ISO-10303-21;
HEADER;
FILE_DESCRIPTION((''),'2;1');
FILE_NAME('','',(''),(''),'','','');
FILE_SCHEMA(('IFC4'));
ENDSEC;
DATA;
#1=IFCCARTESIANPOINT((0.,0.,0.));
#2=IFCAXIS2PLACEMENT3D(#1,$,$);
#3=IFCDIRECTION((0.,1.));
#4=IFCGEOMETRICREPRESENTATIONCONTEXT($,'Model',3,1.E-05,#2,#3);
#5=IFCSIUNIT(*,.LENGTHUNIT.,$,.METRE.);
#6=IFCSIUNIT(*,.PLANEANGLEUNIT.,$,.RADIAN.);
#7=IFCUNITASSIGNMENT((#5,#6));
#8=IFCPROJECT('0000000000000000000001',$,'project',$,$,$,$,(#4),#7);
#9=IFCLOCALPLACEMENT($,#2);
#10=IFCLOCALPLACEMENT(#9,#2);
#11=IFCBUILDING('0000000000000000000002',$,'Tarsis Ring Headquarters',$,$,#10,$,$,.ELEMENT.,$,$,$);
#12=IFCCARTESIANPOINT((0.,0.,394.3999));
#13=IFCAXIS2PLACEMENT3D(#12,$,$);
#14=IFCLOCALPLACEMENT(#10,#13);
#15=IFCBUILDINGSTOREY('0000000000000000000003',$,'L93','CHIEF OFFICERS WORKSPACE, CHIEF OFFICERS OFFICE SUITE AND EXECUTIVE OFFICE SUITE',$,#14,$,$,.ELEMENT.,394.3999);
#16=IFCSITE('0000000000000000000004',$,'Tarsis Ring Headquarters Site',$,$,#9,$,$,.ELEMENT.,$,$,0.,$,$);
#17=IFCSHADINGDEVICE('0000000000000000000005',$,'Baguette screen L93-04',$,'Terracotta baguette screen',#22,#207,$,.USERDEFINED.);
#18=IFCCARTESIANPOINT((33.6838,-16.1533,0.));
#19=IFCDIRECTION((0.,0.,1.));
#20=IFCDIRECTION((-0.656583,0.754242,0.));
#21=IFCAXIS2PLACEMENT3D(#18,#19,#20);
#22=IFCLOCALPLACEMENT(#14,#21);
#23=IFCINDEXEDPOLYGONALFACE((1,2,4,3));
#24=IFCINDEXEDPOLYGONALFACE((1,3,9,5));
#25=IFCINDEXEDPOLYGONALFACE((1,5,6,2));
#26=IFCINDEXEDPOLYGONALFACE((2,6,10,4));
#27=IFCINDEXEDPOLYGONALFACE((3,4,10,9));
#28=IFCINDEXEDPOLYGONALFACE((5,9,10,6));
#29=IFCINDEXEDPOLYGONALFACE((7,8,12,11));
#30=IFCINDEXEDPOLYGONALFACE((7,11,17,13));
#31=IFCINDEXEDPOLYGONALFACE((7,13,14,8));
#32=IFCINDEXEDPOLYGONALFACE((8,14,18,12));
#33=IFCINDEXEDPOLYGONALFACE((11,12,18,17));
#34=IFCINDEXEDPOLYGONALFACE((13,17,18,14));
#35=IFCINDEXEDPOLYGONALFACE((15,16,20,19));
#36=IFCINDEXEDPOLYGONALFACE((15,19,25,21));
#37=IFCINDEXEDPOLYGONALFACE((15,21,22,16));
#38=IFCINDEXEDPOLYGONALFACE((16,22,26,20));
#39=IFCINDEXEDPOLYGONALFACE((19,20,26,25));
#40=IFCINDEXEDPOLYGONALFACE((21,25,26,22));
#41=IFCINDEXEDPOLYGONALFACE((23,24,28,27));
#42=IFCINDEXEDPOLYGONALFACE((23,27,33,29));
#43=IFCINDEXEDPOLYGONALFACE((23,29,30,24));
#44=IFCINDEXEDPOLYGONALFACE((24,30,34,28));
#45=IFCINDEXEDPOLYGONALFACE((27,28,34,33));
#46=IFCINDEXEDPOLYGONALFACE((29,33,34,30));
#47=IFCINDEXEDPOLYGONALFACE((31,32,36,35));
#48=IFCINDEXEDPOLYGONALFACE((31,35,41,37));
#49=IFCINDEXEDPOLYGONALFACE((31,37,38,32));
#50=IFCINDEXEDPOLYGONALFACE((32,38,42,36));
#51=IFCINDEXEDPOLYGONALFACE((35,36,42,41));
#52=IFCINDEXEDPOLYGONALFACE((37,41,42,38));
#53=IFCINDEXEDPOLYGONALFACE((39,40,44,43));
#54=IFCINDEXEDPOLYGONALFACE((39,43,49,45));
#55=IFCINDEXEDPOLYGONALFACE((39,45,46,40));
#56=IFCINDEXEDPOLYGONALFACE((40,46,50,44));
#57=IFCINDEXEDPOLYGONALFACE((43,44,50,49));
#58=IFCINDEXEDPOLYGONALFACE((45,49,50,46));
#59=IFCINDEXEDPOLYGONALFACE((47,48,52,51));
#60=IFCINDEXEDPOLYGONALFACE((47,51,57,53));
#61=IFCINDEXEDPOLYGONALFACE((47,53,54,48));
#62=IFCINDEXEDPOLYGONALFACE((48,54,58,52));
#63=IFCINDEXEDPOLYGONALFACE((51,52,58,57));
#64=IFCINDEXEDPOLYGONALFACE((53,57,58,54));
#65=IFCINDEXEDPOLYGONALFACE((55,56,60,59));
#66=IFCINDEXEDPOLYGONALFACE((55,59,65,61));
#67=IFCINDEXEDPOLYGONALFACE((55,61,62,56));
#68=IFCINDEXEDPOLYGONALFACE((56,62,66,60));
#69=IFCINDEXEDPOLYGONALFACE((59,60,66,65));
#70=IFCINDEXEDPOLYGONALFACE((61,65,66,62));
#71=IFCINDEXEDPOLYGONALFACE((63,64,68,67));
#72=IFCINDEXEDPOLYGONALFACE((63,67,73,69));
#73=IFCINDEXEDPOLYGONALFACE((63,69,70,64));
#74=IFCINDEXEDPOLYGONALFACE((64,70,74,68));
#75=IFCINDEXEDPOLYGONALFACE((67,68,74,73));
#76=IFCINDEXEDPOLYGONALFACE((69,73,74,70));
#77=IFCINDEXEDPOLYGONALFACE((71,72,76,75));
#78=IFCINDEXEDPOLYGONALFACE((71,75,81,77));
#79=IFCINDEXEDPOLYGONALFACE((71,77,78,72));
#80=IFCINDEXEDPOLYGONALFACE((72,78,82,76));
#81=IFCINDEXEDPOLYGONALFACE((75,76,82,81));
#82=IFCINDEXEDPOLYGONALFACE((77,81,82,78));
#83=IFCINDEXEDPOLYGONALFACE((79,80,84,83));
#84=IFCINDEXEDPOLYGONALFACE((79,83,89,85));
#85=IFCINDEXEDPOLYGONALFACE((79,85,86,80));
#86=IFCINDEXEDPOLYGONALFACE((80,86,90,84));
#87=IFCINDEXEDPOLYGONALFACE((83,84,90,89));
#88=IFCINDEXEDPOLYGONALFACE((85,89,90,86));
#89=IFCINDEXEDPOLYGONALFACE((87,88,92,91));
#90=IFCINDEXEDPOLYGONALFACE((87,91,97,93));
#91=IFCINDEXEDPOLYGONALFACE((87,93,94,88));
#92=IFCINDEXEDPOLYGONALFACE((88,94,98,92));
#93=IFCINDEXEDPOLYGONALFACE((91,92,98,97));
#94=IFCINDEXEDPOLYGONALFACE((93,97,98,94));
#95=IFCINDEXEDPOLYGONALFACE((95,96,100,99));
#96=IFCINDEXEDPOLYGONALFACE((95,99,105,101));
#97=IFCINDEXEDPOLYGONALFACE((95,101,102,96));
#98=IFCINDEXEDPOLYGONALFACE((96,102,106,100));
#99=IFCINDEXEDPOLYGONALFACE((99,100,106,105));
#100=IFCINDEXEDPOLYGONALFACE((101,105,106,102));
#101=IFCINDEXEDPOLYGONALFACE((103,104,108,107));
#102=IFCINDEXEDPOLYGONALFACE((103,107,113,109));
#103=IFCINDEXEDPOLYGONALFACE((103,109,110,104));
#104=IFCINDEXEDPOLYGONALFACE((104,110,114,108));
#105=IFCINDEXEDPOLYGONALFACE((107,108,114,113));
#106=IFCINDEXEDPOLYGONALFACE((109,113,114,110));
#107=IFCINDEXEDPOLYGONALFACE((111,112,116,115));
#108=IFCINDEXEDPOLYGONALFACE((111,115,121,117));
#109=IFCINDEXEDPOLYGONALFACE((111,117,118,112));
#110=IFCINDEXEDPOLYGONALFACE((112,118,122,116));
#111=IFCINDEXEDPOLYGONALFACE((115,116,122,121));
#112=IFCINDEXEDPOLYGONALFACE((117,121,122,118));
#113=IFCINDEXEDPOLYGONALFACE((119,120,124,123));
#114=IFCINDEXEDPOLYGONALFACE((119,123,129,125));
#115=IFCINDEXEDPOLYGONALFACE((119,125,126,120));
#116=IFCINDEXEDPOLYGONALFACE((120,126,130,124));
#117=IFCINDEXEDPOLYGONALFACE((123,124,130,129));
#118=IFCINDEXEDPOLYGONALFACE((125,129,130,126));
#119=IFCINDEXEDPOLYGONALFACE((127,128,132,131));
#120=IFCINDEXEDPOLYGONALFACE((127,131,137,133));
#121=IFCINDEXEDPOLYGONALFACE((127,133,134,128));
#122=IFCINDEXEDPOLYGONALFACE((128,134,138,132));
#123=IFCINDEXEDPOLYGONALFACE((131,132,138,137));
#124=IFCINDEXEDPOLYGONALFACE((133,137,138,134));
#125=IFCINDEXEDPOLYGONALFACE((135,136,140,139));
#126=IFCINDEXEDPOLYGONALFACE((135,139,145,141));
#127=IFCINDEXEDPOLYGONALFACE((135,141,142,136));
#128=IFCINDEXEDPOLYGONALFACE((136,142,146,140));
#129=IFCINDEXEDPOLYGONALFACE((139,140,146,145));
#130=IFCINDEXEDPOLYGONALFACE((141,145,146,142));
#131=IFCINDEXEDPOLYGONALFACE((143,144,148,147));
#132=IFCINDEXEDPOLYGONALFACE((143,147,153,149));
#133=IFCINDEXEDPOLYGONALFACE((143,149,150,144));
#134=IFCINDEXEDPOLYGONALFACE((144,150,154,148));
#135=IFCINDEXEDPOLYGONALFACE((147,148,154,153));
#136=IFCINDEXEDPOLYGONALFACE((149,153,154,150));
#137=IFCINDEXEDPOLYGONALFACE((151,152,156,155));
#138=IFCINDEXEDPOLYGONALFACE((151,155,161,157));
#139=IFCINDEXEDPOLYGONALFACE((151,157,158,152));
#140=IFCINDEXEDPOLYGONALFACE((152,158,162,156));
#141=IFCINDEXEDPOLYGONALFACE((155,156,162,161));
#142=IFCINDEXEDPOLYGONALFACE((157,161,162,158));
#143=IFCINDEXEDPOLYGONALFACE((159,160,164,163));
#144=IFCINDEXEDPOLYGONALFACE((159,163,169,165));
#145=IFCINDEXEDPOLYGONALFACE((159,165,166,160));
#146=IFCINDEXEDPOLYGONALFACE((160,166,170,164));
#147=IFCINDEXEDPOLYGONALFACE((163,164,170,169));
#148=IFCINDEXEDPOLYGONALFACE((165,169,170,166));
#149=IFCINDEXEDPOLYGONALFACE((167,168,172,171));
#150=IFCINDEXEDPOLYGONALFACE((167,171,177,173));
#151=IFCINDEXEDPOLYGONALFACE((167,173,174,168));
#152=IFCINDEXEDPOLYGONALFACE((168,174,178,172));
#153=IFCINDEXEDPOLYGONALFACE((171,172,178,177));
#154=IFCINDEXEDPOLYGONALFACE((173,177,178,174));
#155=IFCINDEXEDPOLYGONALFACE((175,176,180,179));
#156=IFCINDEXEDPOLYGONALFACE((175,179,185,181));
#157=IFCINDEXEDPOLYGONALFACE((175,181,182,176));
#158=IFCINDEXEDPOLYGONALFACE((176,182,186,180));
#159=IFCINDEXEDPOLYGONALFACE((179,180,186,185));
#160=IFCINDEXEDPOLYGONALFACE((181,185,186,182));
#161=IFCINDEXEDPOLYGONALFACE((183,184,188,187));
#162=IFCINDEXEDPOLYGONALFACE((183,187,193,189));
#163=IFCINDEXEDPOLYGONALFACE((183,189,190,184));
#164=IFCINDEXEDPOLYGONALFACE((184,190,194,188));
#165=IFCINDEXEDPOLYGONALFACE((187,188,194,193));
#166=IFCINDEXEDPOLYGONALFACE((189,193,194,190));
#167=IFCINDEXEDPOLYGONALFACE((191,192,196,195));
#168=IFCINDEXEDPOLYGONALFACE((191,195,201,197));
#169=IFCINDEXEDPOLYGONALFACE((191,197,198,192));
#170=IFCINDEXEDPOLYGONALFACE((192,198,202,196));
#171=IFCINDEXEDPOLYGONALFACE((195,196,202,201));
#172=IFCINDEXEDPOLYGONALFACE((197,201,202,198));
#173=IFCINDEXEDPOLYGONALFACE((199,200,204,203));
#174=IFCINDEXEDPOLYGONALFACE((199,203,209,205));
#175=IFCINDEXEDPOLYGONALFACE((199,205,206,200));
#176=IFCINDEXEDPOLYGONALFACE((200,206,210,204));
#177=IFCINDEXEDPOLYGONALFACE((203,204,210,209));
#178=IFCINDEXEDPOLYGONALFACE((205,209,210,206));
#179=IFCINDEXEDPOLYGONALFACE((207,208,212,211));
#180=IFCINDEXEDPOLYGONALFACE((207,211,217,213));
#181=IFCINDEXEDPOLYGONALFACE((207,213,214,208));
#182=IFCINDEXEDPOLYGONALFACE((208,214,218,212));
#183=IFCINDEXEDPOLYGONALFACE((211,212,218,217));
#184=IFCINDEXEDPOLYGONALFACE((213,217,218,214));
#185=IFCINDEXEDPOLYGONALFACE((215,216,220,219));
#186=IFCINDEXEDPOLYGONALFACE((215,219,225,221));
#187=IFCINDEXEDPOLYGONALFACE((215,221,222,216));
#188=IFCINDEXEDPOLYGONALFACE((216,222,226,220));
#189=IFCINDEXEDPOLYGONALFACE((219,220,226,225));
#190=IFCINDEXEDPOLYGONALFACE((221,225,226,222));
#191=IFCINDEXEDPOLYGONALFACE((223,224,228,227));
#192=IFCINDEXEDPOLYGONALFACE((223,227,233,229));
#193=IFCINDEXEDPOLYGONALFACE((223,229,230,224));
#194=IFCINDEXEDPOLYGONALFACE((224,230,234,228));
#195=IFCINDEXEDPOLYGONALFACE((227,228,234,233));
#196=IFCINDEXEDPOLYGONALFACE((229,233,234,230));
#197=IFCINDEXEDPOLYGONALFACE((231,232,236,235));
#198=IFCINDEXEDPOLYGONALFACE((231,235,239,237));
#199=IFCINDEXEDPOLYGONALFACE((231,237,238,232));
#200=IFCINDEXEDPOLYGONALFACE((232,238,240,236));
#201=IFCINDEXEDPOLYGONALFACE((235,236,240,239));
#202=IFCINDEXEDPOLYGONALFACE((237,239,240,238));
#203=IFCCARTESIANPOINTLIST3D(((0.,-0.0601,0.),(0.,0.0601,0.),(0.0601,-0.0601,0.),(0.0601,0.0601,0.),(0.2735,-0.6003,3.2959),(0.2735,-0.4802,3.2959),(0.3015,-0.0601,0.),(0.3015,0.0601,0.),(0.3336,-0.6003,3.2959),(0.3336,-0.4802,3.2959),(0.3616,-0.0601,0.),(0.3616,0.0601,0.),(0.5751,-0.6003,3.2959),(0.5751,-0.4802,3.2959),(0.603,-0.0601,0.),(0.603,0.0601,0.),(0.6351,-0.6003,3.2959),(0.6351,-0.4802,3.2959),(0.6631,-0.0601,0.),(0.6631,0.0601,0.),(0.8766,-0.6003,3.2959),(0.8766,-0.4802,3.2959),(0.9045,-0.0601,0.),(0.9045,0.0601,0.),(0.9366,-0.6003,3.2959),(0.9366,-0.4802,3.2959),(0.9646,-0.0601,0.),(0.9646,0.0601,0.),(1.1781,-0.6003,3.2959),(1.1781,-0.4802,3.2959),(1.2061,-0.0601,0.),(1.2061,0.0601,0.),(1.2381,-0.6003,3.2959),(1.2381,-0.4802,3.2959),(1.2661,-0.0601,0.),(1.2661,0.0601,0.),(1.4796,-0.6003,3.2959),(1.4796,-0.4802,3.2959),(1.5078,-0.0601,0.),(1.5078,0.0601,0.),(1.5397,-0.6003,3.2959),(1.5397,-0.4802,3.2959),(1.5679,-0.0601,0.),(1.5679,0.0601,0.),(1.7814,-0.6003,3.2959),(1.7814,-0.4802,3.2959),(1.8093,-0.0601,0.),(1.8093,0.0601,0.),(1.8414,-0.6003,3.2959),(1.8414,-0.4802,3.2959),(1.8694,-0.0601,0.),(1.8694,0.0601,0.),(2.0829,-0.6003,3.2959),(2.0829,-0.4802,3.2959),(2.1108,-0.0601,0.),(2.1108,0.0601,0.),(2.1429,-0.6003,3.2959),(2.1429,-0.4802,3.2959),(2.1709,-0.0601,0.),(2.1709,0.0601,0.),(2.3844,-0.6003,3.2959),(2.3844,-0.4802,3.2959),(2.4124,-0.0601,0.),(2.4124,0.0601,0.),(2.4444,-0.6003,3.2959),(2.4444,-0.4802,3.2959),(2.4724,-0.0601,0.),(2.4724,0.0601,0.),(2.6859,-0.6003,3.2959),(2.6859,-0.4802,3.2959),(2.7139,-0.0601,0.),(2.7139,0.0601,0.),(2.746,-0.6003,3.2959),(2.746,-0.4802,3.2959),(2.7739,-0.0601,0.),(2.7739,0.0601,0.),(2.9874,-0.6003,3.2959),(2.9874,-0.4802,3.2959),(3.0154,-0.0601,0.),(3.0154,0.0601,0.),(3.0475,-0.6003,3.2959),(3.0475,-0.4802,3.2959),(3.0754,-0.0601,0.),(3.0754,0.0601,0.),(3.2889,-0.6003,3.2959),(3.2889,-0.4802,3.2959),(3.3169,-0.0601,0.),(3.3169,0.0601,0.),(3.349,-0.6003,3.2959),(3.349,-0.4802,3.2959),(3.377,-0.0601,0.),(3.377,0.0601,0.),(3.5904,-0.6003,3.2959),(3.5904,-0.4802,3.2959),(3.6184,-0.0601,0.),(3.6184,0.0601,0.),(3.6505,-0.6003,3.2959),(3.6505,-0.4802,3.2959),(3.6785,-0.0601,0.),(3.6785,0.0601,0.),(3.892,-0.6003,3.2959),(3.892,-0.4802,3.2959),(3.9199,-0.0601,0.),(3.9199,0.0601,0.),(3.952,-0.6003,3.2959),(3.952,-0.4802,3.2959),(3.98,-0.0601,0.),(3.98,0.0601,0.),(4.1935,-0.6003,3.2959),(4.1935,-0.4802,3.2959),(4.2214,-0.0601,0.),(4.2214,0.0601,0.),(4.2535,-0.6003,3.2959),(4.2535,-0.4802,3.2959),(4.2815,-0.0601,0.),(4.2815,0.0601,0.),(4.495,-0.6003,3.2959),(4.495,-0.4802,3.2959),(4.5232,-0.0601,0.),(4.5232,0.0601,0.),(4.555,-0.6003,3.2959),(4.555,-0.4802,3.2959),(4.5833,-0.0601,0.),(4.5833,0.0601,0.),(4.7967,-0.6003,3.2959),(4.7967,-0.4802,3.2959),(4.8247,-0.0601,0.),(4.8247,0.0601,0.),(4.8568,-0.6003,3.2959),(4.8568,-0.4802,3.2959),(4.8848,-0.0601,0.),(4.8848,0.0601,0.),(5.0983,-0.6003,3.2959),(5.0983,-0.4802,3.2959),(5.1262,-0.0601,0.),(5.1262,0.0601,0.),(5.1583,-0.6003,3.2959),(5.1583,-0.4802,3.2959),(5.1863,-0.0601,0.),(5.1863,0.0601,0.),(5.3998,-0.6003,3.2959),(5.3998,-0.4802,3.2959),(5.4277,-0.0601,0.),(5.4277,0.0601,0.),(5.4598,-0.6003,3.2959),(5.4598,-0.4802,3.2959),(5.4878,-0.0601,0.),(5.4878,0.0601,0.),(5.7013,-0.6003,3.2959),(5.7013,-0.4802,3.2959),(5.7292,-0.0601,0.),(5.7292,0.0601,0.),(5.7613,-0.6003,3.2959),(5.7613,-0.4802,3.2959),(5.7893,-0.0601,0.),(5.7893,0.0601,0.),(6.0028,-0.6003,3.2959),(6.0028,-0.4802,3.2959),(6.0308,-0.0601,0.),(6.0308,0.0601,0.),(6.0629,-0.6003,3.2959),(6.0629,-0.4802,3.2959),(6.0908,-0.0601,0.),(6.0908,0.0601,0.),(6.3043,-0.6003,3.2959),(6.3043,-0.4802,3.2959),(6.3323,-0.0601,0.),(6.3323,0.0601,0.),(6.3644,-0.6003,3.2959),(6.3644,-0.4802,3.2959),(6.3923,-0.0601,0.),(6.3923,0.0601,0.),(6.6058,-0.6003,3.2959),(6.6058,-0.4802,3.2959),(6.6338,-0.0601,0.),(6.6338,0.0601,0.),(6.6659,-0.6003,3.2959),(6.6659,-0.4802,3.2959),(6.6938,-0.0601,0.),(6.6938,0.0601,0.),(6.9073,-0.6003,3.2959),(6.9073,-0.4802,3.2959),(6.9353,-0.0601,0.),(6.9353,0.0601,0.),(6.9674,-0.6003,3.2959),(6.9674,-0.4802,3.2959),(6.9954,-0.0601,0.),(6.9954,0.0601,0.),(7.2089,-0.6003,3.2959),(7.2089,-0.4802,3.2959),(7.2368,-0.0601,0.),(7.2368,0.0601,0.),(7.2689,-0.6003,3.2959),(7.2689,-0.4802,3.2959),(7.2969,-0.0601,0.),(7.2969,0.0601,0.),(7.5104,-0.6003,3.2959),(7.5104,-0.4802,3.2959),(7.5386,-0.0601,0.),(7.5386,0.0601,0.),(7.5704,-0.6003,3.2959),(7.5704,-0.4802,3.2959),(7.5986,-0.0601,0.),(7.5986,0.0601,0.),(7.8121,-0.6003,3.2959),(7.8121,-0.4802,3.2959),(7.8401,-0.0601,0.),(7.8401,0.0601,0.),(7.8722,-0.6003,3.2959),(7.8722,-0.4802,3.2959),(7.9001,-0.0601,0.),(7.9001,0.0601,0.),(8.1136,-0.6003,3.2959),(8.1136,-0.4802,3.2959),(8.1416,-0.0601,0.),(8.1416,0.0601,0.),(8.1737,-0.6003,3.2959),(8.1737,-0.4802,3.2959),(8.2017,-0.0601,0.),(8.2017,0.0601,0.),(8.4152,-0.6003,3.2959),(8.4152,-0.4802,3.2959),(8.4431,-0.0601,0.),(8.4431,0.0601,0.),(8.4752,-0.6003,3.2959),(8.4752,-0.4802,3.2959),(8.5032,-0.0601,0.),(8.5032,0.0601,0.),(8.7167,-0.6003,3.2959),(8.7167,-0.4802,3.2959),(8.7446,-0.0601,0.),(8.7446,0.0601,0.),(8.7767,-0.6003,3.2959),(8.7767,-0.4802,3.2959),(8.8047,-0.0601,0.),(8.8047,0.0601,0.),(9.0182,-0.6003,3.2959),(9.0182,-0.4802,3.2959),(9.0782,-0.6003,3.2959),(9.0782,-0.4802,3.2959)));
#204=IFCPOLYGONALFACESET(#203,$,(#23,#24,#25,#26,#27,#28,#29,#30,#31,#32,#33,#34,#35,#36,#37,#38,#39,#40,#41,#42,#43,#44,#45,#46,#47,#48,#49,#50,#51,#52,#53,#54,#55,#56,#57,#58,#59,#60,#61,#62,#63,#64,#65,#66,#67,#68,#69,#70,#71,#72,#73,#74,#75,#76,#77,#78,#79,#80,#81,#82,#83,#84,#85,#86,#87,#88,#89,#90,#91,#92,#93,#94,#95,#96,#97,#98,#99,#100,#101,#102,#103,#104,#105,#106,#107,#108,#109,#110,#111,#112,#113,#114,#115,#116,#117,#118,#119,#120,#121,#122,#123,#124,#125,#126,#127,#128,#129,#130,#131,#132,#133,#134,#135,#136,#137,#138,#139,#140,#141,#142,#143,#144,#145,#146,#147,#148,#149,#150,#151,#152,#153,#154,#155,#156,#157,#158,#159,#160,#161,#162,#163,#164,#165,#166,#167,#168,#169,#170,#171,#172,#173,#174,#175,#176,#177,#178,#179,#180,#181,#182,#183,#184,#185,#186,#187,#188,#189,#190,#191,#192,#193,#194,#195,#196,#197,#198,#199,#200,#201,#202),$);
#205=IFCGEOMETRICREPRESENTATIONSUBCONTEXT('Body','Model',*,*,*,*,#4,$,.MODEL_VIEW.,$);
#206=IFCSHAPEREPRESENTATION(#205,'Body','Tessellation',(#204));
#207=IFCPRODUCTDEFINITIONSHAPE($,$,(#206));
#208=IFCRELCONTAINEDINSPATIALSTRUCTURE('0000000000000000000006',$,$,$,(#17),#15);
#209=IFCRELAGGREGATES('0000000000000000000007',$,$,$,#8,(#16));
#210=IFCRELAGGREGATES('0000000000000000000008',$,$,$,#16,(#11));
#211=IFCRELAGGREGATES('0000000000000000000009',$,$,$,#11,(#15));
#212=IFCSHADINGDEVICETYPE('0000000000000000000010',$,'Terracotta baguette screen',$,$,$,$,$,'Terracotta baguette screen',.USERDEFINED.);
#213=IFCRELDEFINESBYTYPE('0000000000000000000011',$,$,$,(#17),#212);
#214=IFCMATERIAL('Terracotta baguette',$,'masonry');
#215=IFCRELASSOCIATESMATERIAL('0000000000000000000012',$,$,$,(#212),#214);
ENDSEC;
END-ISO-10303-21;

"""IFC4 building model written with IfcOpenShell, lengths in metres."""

from ifc_helpers import new_model, si_unit, direction, frame, frame_2d, origin, place, context, subcontext, project, spatial, rectangle, composite_profile, extrude, material, type_object, element, save


model = new_model("IFC4")

# Units and contexts
model_context = context("Model", 3, precision=1e-05, world=origin(), true_north=direction((0.0, 1.0)))
body_context = subcontext(model_context, "Body", "Model", "MODEL_VIEW")
ifc_project = project(units=[si_unit("LENGTHUNIT", "METRE"), si_unit("PLANEANGLEUNIT", "RADIAN")], contexts=[model_context])

# Site, building, storey
site_placement = place(None, origin())
site = spatial("IfcSite", under=ifc_project, at=site_placement, Name="Tarsis Ring Headquarters Site", CompositionType="ELEMENT", RefElevation=0.0)
building_placement = place(site_placement, origin())
building = spatial("IfcBuilding", under=site, at=building_placement, Name="Tarsis Ring Headquarters", CompositionType="ELEMENT")
storey_placement = place(building_placement, frame((0.0, 0.0, 394.3999)))
storey = spatial("IfcBuildingStorey", under=building, at=storey_placement, Name="L93", Description="CHIEF OFFICERS WORKSPACE, CHIEF OFFICERS OFFICE SUITE AND EXECUTIVE OFFICE SUITE", CompositionType="ELEMENT", Elevation=394.3999)

# Shading device
ifc_material_1 = material(Name="Terracotta baguette", Category="masonry")
shading_device_type_1 = type_object("IfcShadingDeviceType", Name="Terracotta baguette screen", ElementType="Terracotta baguette screen", PredefinedType="USERDEFINED", material=ifc_material_1)
shading_device_1_placement = place(storey_placement, frame((33.6838, -16.1533, 0.0), z_axis=(0.0, 0.0, 1.0), x_axis=(-0.656583, 0.754242, 0.0)))
element("IfcShadingDevice", 1, at=shading_device_1_placement, inside=storey, type_object=shading_device_type_1, Name="Baguette screen L93-04", ObjectType="Terracotta baguette screen", PredefinedType="USERDEFINED", context=body_context, shape_type="SweptSolid", body=[
    extrude(composite_profile([rectangle(XDim=0.0601, YDim=0.1201, at=frame_2d((0.03, 0.0))), rectangle(XDim=0.0601, YDim=0.1201, at=frame_2d((0.3315, 0.0))), rectangle(XDim=0.0601, YDim=0.1201, at=frame_2d((0.6331, 0.0))), rectangle(XDim=0.0601, YDim=0.1201, at=frame_2d((0.9346, 0.0))), rectangle(XDim=0.0601, YDim=0.1201, at=frame_2d((1.2361, 0.0))), rectangle(XDim=0.0601, YDim=0.1201, at=frame_2d((1.5378, 0.0))), rectangle(XDim=0.0601, YDim=0.1201, at=frame_2d((1.8394, 0.0))), rectangle(XDim=0.0601, YDim=0.1201, at=frame_2d((2.1409, 0.0))), rectangle(XDim=0.0601, YDim=0.1201, at=frame_2d((2.4424, 0.0))), rectangle(XDim=0.0601, YDim=0.1201, at=frame_2d((2.7439, 0.0))), rectangle(XDim=0.0601, YDim=0.1201, at=frame_2d((3.0454, 0.0))), rectangle(XDim=0.0601, YDim=0.1201, at=frame_2d((3.3469, 0.0))), rectangle(XDim=0.0601, YDim=0.1201, at=frame_2d((3.6484, 0.0))), rectangle(XDim=0.0601, YDim=0.1201, at=frame_2d((3.95, 0.0))), rectangle(XDim=0.0601, YDim=0.1201, at=frame_2d((4.2515, 0.0))), rectangle(XDim=0.0601, YDim=0.1201, at=frame_2d((4.5532, 0.0))), rectangle(XDim=0.0601, YDim=0.1201, at=frame_2d((4.8547, 0.0))), rectangle(XDim=0.0601, YDim=0.1201, at=frame_2d((5.1562, 0.0))), rectangle(XDim=0.0601, YDim=0.1201, at=frame_2d((5.4578, 0.0))), rectangle(XDim=0.0601, YDim=0.1201, at=frame_2d((5.7593, 0.0))), rectangle(XDim=0.0601, YDim=0.1201, at=frame_2d((6.0608, 0.0))), rectangle(XDim=0.0601, YDim=0.1201, at=frame_2d((6.3623, 0.0))), rectangle(XDim=0.0601, YDim=0.1201, at=frame_2d((6.6638, 0.0))), rectangle(XDim=0.0601, YDim=0.1201, at=frame_2d((6.9653, 0.0))), rectangle(XDim=0.0601, YDim=0.1201, at=frame_2d((7.2668, 0.0))), rectangle(XDim=0.0601, YDim=0.1201, at=frame_2d((7.5686, 0.0))), rectangle(XDim=0.0601, YDim=0.1201, at=frame_2d((7.8701, 0.0))), rectangle(XDim=0.0601, YDim=0.1201, at=frame_2d((8.1716, 0.0))), rectangle(XDim=0.0601, YDim=0.1201, at=frame_2d((8.4731, 0.0))), rectangle(XDim=0.0601, YDim=0.1201, at=frame_2d((8.7747, 0.0)))]), origin(), (0.08163, -0.161207, 0.983539), 3.3511),
])

save(model, "model.ifc")
